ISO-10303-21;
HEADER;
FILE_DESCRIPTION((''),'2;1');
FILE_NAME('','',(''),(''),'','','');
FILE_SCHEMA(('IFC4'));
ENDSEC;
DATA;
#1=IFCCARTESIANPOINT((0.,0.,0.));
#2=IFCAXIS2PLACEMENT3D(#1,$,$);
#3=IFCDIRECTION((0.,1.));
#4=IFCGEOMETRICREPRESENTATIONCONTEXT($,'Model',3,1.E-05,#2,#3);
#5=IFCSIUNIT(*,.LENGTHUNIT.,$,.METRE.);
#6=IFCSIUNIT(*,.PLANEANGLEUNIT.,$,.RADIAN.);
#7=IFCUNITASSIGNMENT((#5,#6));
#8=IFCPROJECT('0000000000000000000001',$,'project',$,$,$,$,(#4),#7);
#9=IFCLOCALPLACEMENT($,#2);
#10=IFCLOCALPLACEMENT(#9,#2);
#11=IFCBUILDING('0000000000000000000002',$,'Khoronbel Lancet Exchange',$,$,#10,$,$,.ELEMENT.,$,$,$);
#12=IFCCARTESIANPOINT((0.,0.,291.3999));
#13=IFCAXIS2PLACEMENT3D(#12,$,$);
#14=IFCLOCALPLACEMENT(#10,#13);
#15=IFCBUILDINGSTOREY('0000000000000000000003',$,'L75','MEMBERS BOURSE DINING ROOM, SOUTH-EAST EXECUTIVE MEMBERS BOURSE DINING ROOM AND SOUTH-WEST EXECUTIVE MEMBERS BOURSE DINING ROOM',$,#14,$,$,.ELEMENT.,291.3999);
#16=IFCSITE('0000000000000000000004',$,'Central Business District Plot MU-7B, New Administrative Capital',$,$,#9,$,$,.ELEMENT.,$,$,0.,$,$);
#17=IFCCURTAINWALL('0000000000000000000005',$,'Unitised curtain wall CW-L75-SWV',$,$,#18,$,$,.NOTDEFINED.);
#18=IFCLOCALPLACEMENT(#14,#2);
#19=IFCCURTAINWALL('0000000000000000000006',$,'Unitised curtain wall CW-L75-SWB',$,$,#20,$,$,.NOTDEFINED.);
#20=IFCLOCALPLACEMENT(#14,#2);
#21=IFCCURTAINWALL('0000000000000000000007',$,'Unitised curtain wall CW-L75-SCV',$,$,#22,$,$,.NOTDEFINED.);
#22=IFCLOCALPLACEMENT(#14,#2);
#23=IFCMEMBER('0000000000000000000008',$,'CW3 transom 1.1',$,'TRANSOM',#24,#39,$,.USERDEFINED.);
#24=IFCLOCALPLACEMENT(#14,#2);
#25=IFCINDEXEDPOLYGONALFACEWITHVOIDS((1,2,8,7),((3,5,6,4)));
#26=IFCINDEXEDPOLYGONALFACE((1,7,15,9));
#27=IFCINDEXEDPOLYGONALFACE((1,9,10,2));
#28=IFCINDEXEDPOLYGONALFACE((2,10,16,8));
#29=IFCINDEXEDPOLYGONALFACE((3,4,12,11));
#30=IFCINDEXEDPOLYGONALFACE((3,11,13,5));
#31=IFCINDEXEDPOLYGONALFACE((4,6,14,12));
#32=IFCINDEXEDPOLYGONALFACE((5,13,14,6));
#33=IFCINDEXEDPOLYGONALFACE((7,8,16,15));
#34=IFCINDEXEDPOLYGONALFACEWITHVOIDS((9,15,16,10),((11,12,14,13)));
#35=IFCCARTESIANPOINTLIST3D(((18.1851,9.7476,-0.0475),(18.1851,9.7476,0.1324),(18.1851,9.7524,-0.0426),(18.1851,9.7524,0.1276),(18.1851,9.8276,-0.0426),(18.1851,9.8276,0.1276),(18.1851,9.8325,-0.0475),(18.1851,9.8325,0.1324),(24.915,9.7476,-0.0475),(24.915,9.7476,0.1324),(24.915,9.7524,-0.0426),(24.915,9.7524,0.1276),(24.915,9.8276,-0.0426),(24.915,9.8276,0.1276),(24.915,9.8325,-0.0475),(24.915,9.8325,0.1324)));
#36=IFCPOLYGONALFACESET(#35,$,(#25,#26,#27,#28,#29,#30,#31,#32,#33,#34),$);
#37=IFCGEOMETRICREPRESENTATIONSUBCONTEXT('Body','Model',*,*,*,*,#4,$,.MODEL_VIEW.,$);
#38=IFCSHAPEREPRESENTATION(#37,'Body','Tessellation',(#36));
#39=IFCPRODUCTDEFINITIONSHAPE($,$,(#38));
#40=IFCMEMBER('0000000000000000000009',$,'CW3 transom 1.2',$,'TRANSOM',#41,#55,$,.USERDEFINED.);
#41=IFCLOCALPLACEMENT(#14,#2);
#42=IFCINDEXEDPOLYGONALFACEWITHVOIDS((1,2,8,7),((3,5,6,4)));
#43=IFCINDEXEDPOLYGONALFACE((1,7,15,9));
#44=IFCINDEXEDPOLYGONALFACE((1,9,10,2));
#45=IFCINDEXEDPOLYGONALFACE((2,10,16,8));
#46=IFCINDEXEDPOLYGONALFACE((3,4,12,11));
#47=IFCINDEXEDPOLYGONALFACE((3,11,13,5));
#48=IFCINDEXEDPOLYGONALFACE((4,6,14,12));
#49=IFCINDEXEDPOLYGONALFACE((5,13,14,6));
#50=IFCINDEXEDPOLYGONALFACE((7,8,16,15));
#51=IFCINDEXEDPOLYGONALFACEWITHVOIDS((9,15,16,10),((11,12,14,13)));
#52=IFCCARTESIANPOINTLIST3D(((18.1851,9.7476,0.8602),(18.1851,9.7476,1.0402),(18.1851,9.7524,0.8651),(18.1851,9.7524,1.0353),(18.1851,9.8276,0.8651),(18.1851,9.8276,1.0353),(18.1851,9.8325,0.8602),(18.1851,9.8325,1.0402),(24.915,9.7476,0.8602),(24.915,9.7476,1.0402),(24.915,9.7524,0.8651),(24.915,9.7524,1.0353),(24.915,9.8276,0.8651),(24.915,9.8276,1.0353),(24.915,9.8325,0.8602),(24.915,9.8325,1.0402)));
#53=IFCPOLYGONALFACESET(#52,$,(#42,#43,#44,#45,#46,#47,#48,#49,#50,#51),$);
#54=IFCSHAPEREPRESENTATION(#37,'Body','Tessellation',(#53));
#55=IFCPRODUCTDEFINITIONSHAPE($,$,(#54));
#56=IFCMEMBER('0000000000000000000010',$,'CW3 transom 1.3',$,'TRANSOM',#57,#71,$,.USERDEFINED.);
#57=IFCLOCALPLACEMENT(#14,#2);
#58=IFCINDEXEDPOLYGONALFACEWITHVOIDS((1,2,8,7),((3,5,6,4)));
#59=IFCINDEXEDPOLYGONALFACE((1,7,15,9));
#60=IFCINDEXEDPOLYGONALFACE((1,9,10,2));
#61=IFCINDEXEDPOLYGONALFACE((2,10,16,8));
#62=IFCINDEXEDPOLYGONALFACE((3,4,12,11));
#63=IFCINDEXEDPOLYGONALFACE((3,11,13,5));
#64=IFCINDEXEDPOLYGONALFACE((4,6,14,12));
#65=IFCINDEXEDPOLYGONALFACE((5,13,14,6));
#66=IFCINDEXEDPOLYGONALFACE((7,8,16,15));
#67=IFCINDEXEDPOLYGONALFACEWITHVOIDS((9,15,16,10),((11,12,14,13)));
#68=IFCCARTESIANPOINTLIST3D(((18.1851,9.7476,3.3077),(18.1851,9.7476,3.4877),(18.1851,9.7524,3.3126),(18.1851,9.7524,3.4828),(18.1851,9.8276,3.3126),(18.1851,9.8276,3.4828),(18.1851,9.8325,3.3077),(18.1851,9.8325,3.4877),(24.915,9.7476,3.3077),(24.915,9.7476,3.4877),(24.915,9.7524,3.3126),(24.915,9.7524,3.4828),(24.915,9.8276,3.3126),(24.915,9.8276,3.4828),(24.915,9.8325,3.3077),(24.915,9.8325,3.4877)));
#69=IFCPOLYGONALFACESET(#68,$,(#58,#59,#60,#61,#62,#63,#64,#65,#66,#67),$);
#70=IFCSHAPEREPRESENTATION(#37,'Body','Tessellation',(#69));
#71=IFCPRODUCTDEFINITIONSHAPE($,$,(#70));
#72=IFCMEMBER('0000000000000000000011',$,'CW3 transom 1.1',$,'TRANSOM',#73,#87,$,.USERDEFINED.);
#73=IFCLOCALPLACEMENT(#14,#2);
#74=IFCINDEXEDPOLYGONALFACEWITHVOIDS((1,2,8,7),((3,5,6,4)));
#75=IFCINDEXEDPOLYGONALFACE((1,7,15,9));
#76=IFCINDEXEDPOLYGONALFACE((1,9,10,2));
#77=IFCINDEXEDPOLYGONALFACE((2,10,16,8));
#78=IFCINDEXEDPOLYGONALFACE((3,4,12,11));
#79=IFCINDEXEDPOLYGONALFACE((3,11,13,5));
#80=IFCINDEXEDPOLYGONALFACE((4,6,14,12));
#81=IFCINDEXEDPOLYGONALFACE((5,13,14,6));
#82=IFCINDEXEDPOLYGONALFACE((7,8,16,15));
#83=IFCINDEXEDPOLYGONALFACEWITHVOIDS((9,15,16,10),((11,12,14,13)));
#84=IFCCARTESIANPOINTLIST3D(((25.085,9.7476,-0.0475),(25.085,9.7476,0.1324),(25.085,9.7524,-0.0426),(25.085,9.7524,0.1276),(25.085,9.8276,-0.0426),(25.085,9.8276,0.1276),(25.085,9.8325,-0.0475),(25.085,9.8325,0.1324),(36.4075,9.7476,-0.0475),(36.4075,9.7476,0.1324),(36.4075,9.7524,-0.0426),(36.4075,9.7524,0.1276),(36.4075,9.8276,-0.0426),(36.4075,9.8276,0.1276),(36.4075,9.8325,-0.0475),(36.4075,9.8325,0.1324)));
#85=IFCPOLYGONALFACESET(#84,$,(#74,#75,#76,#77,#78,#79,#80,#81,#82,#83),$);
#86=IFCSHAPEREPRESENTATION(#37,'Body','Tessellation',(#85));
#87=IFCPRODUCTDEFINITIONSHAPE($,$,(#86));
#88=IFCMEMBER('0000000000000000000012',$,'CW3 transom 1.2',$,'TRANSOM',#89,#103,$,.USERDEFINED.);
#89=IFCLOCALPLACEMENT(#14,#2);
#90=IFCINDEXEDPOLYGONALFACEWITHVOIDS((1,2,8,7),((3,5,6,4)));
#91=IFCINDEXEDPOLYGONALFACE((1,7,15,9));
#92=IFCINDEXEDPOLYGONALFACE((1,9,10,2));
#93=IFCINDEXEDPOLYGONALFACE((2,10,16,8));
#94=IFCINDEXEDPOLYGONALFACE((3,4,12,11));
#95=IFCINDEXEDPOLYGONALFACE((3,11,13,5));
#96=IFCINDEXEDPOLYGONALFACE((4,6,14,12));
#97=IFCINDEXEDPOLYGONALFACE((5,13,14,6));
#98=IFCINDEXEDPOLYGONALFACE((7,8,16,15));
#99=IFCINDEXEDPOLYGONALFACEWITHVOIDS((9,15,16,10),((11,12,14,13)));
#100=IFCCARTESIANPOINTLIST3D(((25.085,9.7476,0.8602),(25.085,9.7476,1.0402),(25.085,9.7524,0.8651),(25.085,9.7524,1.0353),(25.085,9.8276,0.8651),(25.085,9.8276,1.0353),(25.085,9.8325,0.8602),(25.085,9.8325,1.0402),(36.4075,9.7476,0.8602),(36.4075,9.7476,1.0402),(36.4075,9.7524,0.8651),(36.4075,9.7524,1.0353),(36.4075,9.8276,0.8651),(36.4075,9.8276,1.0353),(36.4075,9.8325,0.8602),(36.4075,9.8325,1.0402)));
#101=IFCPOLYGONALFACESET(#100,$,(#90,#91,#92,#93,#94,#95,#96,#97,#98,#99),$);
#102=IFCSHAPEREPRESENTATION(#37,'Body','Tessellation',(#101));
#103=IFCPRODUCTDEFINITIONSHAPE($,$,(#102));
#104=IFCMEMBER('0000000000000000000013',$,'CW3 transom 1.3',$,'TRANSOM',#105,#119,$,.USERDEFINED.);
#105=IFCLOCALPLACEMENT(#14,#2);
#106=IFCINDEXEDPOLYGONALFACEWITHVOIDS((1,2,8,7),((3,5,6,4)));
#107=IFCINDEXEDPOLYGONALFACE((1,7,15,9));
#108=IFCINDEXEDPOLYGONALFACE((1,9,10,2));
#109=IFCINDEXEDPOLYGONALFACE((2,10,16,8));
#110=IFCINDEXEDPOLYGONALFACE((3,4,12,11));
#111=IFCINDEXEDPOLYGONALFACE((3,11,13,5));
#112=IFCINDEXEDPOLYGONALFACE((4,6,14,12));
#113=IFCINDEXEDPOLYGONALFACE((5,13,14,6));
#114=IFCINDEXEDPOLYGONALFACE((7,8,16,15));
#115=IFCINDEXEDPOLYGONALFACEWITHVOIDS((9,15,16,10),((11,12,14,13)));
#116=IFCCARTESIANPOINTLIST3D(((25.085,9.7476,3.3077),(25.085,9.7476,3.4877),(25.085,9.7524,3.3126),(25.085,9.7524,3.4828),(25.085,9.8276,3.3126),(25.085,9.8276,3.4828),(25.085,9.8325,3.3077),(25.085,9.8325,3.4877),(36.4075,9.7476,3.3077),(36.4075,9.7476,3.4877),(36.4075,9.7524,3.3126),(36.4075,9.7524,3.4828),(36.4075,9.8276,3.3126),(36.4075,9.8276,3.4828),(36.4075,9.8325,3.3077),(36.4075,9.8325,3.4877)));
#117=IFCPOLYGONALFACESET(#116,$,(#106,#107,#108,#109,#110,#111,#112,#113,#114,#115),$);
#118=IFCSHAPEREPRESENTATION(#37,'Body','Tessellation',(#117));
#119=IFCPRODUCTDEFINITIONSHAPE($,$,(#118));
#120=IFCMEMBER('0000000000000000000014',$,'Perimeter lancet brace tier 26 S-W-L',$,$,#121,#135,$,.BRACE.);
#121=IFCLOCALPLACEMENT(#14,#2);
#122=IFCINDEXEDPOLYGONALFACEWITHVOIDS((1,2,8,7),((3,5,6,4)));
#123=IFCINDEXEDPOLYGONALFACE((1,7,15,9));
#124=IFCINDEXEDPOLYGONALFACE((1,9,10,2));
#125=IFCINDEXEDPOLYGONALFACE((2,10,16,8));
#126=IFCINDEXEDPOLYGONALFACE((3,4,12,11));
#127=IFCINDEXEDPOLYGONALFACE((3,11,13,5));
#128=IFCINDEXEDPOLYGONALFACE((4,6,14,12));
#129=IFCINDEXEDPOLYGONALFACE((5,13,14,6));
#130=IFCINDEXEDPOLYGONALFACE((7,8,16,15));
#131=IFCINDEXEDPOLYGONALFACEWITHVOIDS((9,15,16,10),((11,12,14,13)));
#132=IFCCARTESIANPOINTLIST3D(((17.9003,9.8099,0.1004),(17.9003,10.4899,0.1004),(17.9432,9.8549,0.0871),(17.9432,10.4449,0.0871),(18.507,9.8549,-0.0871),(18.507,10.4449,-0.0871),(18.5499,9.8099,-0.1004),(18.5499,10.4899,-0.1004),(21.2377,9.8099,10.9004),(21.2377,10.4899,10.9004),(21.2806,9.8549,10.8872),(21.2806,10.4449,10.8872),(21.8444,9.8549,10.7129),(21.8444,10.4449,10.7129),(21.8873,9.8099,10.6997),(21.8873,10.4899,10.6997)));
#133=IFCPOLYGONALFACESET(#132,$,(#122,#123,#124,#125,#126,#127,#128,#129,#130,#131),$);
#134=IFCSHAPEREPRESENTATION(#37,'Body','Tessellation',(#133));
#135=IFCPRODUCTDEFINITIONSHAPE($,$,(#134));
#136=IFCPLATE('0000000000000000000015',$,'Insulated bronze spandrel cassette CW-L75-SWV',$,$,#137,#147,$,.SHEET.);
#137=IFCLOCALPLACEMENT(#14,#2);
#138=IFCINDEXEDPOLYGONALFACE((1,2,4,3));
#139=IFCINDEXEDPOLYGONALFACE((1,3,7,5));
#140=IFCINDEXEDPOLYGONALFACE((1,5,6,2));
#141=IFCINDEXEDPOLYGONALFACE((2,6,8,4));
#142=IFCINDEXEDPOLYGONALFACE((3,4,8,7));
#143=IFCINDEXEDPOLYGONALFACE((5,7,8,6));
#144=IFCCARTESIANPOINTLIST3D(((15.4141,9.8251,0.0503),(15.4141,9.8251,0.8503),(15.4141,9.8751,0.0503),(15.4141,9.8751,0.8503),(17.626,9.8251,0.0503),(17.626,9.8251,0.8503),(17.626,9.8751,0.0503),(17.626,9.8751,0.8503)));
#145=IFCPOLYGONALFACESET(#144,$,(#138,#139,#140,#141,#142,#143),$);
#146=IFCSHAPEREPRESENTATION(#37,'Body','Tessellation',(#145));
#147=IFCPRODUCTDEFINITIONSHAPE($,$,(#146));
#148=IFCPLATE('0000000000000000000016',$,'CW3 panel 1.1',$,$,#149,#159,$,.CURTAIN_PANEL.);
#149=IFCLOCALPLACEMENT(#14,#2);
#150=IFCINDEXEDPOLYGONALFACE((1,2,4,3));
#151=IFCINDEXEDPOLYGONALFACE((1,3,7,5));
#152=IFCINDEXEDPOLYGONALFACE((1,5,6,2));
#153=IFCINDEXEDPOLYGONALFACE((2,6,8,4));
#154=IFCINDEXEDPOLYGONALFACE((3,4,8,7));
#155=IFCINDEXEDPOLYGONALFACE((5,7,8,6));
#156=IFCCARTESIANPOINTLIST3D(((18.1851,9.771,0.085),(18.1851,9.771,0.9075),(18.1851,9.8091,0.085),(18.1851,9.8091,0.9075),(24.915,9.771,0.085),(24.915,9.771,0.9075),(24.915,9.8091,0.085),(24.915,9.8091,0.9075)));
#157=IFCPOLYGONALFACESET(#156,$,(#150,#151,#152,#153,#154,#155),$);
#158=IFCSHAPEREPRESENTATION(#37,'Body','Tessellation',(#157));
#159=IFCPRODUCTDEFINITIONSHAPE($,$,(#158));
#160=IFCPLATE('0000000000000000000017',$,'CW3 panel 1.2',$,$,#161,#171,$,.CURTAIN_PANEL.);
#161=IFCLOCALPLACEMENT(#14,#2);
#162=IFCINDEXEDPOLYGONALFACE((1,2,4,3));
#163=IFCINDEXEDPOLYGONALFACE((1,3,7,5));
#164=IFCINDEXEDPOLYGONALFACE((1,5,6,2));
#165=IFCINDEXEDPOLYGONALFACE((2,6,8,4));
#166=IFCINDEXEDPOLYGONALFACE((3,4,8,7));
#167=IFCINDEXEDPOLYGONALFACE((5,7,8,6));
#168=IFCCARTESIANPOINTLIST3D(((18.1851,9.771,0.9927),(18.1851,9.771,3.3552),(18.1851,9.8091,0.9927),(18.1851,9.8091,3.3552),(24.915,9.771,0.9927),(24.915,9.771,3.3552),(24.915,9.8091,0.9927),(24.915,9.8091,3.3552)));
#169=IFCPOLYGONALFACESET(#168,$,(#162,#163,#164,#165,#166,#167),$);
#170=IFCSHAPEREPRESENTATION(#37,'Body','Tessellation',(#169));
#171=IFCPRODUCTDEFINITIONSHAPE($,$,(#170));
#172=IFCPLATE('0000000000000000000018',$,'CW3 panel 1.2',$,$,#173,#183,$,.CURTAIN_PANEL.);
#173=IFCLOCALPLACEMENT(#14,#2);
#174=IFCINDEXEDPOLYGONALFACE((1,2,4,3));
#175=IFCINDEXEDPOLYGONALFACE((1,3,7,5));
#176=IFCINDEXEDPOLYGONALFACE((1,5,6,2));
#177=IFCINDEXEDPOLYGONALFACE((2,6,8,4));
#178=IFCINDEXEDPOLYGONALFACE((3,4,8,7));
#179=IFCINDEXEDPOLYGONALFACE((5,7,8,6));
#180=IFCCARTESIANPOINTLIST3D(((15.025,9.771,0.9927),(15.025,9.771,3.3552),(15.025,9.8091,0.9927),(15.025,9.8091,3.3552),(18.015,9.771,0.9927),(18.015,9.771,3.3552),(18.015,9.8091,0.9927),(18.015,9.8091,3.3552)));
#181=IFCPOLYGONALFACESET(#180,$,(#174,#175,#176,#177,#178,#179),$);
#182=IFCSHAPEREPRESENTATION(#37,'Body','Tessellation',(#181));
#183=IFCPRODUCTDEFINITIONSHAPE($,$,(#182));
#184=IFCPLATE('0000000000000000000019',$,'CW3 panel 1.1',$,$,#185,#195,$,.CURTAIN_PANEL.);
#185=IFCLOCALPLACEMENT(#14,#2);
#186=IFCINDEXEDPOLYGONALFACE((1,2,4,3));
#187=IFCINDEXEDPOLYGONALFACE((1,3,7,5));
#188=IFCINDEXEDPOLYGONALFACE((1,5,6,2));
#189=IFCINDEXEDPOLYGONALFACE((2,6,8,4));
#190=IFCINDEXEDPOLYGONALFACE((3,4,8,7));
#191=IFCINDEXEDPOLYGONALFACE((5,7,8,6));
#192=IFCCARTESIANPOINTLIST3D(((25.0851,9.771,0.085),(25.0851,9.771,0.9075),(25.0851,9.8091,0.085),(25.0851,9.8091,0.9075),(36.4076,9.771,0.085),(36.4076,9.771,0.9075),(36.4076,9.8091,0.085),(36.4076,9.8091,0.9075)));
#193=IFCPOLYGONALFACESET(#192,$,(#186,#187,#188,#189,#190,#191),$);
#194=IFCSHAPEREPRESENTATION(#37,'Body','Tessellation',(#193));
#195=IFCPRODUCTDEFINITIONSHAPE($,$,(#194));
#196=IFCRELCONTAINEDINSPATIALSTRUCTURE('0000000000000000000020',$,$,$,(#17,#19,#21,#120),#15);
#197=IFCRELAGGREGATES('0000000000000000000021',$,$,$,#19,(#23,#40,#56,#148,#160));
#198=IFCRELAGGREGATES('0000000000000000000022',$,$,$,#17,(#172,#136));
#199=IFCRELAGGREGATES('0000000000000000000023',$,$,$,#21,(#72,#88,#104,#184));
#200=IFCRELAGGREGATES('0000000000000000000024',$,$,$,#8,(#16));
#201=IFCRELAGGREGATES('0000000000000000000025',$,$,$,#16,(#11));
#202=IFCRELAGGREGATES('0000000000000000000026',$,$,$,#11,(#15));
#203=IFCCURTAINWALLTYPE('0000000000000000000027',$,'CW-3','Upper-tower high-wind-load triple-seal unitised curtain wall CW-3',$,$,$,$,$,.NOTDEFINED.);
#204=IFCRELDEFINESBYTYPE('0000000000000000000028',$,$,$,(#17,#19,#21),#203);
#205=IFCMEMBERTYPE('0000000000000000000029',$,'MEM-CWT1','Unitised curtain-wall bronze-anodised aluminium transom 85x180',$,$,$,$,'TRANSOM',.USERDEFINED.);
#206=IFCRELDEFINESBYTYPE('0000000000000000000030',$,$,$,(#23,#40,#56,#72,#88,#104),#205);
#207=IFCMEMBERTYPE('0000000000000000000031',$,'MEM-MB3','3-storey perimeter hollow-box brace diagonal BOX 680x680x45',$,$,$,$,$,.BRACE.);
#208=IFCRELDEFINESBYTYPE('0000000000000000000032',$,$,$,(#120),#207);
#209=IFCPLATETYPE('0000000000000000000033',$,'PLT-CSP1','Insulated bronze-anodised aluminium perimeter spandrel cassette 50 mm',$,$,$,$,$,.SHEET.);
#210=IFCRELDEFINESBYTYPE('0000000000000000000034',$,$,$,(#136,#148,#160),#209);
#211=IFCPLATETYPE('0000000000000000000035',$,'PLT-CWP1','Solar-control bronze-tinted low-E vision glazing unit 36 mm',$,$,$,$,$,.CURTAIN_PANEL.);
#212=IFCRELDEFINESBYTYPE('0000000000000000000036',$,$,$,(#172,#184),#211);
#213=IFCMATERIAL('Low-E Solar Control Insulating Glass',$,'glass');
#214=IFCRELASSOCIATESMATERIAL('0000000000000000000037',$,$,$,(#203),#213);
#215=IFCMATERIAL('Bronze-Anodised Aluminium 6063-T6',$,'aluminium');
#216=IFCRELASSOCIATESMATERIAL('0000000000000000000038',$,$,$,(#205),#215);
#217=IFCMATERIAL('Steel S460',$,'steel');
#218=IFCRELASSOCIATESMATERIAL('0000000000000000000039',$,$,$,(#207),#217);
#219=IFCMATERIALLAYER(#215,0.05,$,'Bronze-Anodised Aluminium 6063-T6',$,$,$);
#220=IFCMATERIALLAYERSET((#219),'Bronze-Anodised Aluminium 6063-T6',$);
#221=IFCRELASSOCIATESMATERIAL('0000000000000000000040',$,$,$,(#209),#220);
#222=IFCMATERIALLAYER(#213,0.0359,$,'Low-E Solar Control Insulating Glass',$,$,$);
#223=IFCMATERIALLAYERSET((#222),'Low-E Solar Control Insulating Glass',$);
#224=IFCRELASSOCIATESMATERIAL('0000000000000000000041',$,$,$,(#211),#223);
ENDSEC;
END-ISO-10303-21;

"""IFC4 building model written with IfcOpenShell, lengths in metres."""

from ifc_helpers import new_model, si_unit, direction, frame, origin, origin_2d, place, context, subcontext, project, spatial, rectangle, hollow_rectangle, extrude, material, layer, layer_set, material_profile, profile_set, type_object, element, aggregate, save


model = new_model("IFC4")

# Units and contexts
model_context = context("Model", 3, precision=1e-05, world=origin(), true_north=direction((0.0, 1.0)))
body_context = subcontext(model_context, "Body", "Model", "MODEL_VIEW")
ifc_project = project(units=[si_unit("LENGTHUNIT", "METRE"), si_unit("PLANEANGLEUNIT", "RADIAN")], contexts=[model_context])

# Site, building, storey
site_placement = place(None, origin())
site = spatial("IfcSite", under=ifc_project, at=site_placement, Name="Central Business District Plot MU-7B, New Administrative Capital", CompositionType="ELEMENT", RefElevation=0.0)
building_placement = place(site_placement, origin())
building = spatial("IfcBuilding", under=site, at=building_placement, Name="Khoronbel Lancet Exchange", CompositionType="ELEMENT")
storey_placement = place(building_placement, frame((0.0, 0.0, 291.3999)))
storey = spatial("IfcBuildingStorey", under=building, at=storey_placement, Name="L75", Description="MEMBERS BOURSE DINING ROOM, SOUTH-EAST EXECUTIVE MEMBERS BOURSE DINING ROOM AND SOUTH-WEST EXECUTIVE MEMBERS BOURSE DINING ROOM", CompositionType="ELEMENT", Elevation=291.3999)

# Shared definitions
ifc_material_1 = material(Name="Steel S460", Category="steel")

# Curtain wall
ifc_material_2 = material(Name="Low-E Solar Control Insulating Glass", Category="glass")
curtain_wall_type = type_object("IfcCurtainWallType", Name="CW-3", Description="Upper-tower high-wind-load triple-seal unitised curtain wall CW-3", PredefinedType="NOTDEFINED", material=ifc_material_2)
curtain_wall_1_placement = place(storey_placement, origin())
curtain_wall_1 = element("IfcCurtainWall", 1, at=curtain_wall_1_placement, inside=storey, type_object=curtain_wall_type, Name="Unitised curtain wall CW-L75-SWV", PredefinedType="NOTDEFINED")
ifc_material_3 = material(Name="Bronze-Anodised Aluminium 6063-T6", Category="aluminium")

# Curtain wall
curtain_wall_2_placement = place(storey_placement, origin())
curtain_wall_2 = element("IfcCurtainWall", 2, at=curtain_wall_2_placement, inside=storey, type_object=curtain_wall_type, Name="Unitised curtain wall CW-L75-SWB", PredefinedType="NOTDEFINED")

# Curtain wall
curtain_wall_3_placement = place(storey_placement, origin())
curtain_wall_3 = element("IfcCurtainWall", 3, at=curtain_wall_3_placement, inside=storey, type_object=curtain_wall_type, Name="Unitised curtain wall CW-L75-SCV", PredefinedType="NOTDEFINED")

# Members
ifc_material_profile_1 = material_profile(ifc_material_3, hollow_rectangle(XDim=0.085, YDim=0.1799, WallThickness=0.0049, at=origin_2d()), Name="ALU TRANSOM 85x180")
ifc_profile_set_1 = profile_set([ifc_material_profile_1], Name="Bronze-Anodised Aluminium 6063-T6")
member_type_1 = type_object("IfcMemberType", Name="MEM-CWT1", Description="Unitised curtain-wall bronze-anodised aluminium transom 85x180", ElementType="TRANSOM", PredefinedType="USERDEFINED", material=ifc_profile_set_1)
member_1_placement = place(storey_placement, frame((18.1851, 9.79, 0.0425), z_axis=(1.0, 0.0, 0.0), x_axis=(0.0, 1.0, 0.0)))
member_1 = element("IfcMember", 4, at=member_1_placement, type_object=member_type_1, Name="CW3 transom 1.1", ObjectType="TRANSOM", PredefinedType="USERDEFINED", context=body_context, shape_type="SweptSolid", body=[
    extrude(hollow_rectangle(XDim=0.085, YDim=0.1799, WallThickness=0.0049, at=origin_2d()), origin(), (0.0, 0.0, 1.0), 6.73),
])
member_2_placement = place(storey_placement, frame((18.1851, 9.79, 0.9502), z_axis=(1.0, 0.0, 0.0), x_axis=(0.0, 1.0, 0.0)))
member_2 = element("IfcMember", 5, at=member_2_placement, type_object=member_type_1, Name="CW3 transom 1.2", ObjectType="TRANSOM", PredefinedType="USERDEFINED", context=body_context, shape_type="SweptSolid", body=[
    extrude(hollow_rectangle(XDim=0.085, YDim=0.1799, WallThickness=0.0049, at=origin_2d()), origin(), (0.0, 0.0, 1.0), 6.73),
])
member_3_placement = place(storey_placement, frame((18.1851, 9.79, 3.3977), z_axis=(1.0, 0.0, 0.0), x_axis=(0.0, 1.0, 0.0)))
member_3 = element("IfcMember", 6, at=member_3_placement, type_object=member_type_1, Name="CW3 transom 1.3", ObjectType="TRANSOM", PredefinedType="USERDEFINED", context=body_context, shape_type="SweptSolid", body=[
    extrude(hollow_rectangle(XDim=0.085, YDim=0.1799, WallThickness=0.0049, at=origin_2d()), origin(), (0.0, 0.0, 1.0), 6.73),
])
member_4_placement = place(storey_placement, frame((25.085, 9.79, 0.0425), z_axis=(1.0, 0.0, 0.0), x_axis=(0.0, 1.0, 0.0)))
member_4 = element("IfcMember", 7, at=member_4_placement, type_object=member_type_1, Name="CW3 transom 1.1", ObjectType="TRANSOM", PredefinedType="USERDEFINED", context=body_context, shape_type="SweptSolid", body=[
    extrude(hollow_rectangle(XDim=0.085, YDim=0.1799, WallThickness=0.0049, at=origin_2d()), origin(), (0.0, 0.0, 1.0), 11.3225),
])
member_5_placement = place(storey_placement, frame((25.085, 9.79, 0.9502), z_axis=(1.0, 0.0, 0.0), x_axis=(0.0, 1.0, 0.0)))
member_5 = element("IfcMember", 8, at=member_5_placement, type_object=member_type_1, Name="CW3 transom 1.2", ObjectType="TRANSOM", PredefinedType="USERDEFINED", context=body_context, shape_type="SweptSolid", body=[
    extrude(hollow_rectangle(XDim=0.085, YDim=0.1799, WallThickness=0.0049, at=origin_2d()), origin(), (0.0, 0.0, 1.0), 11.3225),
])
member_6_placement = place(storey_placement, frame((25.085, 9.79, 3.3977), z_axis=(1.0, 0.0, 0.0), x_axis=(0.0, 1.0, 0.0)))
member_6 = element("IfcMember", 9, at=member_6_placement, type_object=member_type_1, Name="CW3 transom 1.3", ObjectType="TRANSOM", PredefinedType="USERDEFINED", context=body_context, shape_type="SweptSolid", body=[
    extrude(hollow_rectangle(XDim=0.085, YDim=0.1799, WallThickness=0.0049, at=origin_2d()), origin(), (0.0, 0.0, 1.0), 11.3225),
])
ifc_material_profile_2 = material_profile(ifc_material_1, hollow_rectangle(XDim=0.6799, YDim=0.6799, WallThickness=0.0449, at=origin_2d()), Name="BOX 680x680x45")
ifc_profile_set_2 = profile_set([ifc_material_profile_2], Name="Steel S460")
member_type_2 = type_object("IfcMemberType", Name="MEM-MB3", Description="3-storey perimeter hollow-box brace diagonal BOX 680x680x45", PredefinedType="BRACE", material=ifc_profile_set_2)
member_7_placement = place(storey_placement, frame((18.2251, 10.1499, 0.0), z_axis=(0.295242, 0.0, 0.955422), x_axis=(0.0, 1.0, 0.0)))
element("IfcMember", 10, at=member_7_placement, inside=storey, type_object=member_type_2, Name="Perimeter lancet brace tier 26 S-W-L", PredefinedType="BRACE", context=body_context, shape_type="SweptSolid", body=[
    extrude(hollow_rectangle(XDim=0.6799, YDim=0.6799, WallThickness=0.0449, at=origin_2d()), origin(), (0.0, 0.0, 1.0), 11.304),
])

# Plates
ifc_layer_1 = layer(ifc_material_3, 0.05, Name="Bronze-Anodised Aluminium 6063-T6")
ifc_layer_set_1 = layer_set([ifc_layer_1], Name="Bronze-Anodised Aluminium 6063-T6")
plate_type_1 = type_object("IfcPlateType", Name="PLT-CSP1", Description="Insulated bronze-anodised aluminium perimeter spandrel cassette 50 mm", PredefinedType="SHEET", material=ifc_layer_set_1)
plate_1_placement = place(storey_placement, frame((16.52, 9.8501, 0.0503), z_axis=(0.0, 0.0, 1.0), x_axis=(1.0, 0.0, 0.0)))
plate_1 = element("IfcPlate", 11, at=plate_1_placement, type_object=plate_type_1, Name="Insulated bronze spandrel cassette CW-L75-SWV", PredefinedType="SHEET", context=body_context, shape_type="SweptSolid", body=[
    extrude(rectangle(XDim=2.2119, YDim=0.05, at=origin_2d()), origin(), (0.0, 0.0, 1.0), 0.8),
])
plate_2_placement = place(storey_placement, frame((21.55, 9.79, 0.085), z_axis=(0.0, 0.0, 1.0), x_axis=(1.0, 0.0, 0.0)))
plate_2 = element("IfcPlate", 12, at=plate_2_placement, type_object=plate_type_1, Name="CW3 panel 1.1", PredefinedType="CURTAIN_PANEL", context=body_context, shape_type="SweptSolid", body=[
    extrude(rectangle(XDim=6.73, YDim=0.0381, at=origin_2d()), origin(), (0.0, 0.0, 1.0), 0.8225),
])
plate_3_placement = place(storey_placement, frame((21.55, 9.79, 0.9927), z_axis=(0.0, 0.0, 1.0), x_axis=(1.0, 0.0, 0.0)))
plate_3 = element("IfcPlate", 13, at=plate_3_placement, type_object=plate_type_1, Name="CW3 panel 1.2", PredefinedType="CURTAIN_PANEL", context=body_context, shape_type="SweptSolid", body=[
    extrude(rectangle(XDim=6.73, YDim=0.0381, at=origin_2d()), origin(), (0.0, 0.0, 1.0), 2.3625),
])
aggregate(curtain_wall_2, [member_1, member_2, member_3, plate_2, plate_3])
ifc_layer_2 = layer(ifc_material_2, 0.0359, Name="Low-E Solar Control Insulating Glass")
ifc_layer_set_2 = layer_set([ifc_layer_2], Name="Low-E Solar Control Insulating Glass")
plate_type_2 = type_object("IfcPlateType", Name="PLT-CWP1", Description="Solar-control bronze-tinted low-E vision glazing unit 36 mm", PredefinedType="CURTAIN_PANEL", material=ifc_layer_set_2)
plate_4_placement = place(storey_placement, frame((16.52, 9.79, 0.9927), z_axis=(0.0, 0.0, 1.0), x_axis=(1.0, 0.0, 0.0)))
plate_4 = element("IfcPlate", 14, at=plate_4_placement, type_object=plate_type_2, Name="CW3 panel 1.2", PredefinedType="CURTAIN_PANEL", context=body_context, shape_type="SweptSolid", body=[
    extrude(rectangle(XDim=2.99, YDim=0.0381, at=origin_2d()), origin(), (0.0, 0.0, 1.0), 2.3625),
])
aggregate(curtain_wall_1, [plate_4, plate_1])
plate_5_placement = place(storey_placement, frame((30.7463, 9.79, 0.085), z_axis=(0.0, 0.0, 1.0), x_axis=(1.0, 0.0, 0.0)))
plate_5 = element("IfcPlate", 15, at=plate_5_placement, type_object=plate_type_2, Name="CW3 panel 1.1", PredefinedType="CURTAIN_PANEL", context=body_context, shape_type="SweptSolid", body=[
    extrude(rectangle(XDim=11.3225, YDim=0.0381, at=origin_2d()), origin(), (0.0, 0.0, 1.0), 0.8225),
])
aggregate(curtain_wall_3, [member_4, member_5, member_6, plate_5])

save(model, "model.ifc")
